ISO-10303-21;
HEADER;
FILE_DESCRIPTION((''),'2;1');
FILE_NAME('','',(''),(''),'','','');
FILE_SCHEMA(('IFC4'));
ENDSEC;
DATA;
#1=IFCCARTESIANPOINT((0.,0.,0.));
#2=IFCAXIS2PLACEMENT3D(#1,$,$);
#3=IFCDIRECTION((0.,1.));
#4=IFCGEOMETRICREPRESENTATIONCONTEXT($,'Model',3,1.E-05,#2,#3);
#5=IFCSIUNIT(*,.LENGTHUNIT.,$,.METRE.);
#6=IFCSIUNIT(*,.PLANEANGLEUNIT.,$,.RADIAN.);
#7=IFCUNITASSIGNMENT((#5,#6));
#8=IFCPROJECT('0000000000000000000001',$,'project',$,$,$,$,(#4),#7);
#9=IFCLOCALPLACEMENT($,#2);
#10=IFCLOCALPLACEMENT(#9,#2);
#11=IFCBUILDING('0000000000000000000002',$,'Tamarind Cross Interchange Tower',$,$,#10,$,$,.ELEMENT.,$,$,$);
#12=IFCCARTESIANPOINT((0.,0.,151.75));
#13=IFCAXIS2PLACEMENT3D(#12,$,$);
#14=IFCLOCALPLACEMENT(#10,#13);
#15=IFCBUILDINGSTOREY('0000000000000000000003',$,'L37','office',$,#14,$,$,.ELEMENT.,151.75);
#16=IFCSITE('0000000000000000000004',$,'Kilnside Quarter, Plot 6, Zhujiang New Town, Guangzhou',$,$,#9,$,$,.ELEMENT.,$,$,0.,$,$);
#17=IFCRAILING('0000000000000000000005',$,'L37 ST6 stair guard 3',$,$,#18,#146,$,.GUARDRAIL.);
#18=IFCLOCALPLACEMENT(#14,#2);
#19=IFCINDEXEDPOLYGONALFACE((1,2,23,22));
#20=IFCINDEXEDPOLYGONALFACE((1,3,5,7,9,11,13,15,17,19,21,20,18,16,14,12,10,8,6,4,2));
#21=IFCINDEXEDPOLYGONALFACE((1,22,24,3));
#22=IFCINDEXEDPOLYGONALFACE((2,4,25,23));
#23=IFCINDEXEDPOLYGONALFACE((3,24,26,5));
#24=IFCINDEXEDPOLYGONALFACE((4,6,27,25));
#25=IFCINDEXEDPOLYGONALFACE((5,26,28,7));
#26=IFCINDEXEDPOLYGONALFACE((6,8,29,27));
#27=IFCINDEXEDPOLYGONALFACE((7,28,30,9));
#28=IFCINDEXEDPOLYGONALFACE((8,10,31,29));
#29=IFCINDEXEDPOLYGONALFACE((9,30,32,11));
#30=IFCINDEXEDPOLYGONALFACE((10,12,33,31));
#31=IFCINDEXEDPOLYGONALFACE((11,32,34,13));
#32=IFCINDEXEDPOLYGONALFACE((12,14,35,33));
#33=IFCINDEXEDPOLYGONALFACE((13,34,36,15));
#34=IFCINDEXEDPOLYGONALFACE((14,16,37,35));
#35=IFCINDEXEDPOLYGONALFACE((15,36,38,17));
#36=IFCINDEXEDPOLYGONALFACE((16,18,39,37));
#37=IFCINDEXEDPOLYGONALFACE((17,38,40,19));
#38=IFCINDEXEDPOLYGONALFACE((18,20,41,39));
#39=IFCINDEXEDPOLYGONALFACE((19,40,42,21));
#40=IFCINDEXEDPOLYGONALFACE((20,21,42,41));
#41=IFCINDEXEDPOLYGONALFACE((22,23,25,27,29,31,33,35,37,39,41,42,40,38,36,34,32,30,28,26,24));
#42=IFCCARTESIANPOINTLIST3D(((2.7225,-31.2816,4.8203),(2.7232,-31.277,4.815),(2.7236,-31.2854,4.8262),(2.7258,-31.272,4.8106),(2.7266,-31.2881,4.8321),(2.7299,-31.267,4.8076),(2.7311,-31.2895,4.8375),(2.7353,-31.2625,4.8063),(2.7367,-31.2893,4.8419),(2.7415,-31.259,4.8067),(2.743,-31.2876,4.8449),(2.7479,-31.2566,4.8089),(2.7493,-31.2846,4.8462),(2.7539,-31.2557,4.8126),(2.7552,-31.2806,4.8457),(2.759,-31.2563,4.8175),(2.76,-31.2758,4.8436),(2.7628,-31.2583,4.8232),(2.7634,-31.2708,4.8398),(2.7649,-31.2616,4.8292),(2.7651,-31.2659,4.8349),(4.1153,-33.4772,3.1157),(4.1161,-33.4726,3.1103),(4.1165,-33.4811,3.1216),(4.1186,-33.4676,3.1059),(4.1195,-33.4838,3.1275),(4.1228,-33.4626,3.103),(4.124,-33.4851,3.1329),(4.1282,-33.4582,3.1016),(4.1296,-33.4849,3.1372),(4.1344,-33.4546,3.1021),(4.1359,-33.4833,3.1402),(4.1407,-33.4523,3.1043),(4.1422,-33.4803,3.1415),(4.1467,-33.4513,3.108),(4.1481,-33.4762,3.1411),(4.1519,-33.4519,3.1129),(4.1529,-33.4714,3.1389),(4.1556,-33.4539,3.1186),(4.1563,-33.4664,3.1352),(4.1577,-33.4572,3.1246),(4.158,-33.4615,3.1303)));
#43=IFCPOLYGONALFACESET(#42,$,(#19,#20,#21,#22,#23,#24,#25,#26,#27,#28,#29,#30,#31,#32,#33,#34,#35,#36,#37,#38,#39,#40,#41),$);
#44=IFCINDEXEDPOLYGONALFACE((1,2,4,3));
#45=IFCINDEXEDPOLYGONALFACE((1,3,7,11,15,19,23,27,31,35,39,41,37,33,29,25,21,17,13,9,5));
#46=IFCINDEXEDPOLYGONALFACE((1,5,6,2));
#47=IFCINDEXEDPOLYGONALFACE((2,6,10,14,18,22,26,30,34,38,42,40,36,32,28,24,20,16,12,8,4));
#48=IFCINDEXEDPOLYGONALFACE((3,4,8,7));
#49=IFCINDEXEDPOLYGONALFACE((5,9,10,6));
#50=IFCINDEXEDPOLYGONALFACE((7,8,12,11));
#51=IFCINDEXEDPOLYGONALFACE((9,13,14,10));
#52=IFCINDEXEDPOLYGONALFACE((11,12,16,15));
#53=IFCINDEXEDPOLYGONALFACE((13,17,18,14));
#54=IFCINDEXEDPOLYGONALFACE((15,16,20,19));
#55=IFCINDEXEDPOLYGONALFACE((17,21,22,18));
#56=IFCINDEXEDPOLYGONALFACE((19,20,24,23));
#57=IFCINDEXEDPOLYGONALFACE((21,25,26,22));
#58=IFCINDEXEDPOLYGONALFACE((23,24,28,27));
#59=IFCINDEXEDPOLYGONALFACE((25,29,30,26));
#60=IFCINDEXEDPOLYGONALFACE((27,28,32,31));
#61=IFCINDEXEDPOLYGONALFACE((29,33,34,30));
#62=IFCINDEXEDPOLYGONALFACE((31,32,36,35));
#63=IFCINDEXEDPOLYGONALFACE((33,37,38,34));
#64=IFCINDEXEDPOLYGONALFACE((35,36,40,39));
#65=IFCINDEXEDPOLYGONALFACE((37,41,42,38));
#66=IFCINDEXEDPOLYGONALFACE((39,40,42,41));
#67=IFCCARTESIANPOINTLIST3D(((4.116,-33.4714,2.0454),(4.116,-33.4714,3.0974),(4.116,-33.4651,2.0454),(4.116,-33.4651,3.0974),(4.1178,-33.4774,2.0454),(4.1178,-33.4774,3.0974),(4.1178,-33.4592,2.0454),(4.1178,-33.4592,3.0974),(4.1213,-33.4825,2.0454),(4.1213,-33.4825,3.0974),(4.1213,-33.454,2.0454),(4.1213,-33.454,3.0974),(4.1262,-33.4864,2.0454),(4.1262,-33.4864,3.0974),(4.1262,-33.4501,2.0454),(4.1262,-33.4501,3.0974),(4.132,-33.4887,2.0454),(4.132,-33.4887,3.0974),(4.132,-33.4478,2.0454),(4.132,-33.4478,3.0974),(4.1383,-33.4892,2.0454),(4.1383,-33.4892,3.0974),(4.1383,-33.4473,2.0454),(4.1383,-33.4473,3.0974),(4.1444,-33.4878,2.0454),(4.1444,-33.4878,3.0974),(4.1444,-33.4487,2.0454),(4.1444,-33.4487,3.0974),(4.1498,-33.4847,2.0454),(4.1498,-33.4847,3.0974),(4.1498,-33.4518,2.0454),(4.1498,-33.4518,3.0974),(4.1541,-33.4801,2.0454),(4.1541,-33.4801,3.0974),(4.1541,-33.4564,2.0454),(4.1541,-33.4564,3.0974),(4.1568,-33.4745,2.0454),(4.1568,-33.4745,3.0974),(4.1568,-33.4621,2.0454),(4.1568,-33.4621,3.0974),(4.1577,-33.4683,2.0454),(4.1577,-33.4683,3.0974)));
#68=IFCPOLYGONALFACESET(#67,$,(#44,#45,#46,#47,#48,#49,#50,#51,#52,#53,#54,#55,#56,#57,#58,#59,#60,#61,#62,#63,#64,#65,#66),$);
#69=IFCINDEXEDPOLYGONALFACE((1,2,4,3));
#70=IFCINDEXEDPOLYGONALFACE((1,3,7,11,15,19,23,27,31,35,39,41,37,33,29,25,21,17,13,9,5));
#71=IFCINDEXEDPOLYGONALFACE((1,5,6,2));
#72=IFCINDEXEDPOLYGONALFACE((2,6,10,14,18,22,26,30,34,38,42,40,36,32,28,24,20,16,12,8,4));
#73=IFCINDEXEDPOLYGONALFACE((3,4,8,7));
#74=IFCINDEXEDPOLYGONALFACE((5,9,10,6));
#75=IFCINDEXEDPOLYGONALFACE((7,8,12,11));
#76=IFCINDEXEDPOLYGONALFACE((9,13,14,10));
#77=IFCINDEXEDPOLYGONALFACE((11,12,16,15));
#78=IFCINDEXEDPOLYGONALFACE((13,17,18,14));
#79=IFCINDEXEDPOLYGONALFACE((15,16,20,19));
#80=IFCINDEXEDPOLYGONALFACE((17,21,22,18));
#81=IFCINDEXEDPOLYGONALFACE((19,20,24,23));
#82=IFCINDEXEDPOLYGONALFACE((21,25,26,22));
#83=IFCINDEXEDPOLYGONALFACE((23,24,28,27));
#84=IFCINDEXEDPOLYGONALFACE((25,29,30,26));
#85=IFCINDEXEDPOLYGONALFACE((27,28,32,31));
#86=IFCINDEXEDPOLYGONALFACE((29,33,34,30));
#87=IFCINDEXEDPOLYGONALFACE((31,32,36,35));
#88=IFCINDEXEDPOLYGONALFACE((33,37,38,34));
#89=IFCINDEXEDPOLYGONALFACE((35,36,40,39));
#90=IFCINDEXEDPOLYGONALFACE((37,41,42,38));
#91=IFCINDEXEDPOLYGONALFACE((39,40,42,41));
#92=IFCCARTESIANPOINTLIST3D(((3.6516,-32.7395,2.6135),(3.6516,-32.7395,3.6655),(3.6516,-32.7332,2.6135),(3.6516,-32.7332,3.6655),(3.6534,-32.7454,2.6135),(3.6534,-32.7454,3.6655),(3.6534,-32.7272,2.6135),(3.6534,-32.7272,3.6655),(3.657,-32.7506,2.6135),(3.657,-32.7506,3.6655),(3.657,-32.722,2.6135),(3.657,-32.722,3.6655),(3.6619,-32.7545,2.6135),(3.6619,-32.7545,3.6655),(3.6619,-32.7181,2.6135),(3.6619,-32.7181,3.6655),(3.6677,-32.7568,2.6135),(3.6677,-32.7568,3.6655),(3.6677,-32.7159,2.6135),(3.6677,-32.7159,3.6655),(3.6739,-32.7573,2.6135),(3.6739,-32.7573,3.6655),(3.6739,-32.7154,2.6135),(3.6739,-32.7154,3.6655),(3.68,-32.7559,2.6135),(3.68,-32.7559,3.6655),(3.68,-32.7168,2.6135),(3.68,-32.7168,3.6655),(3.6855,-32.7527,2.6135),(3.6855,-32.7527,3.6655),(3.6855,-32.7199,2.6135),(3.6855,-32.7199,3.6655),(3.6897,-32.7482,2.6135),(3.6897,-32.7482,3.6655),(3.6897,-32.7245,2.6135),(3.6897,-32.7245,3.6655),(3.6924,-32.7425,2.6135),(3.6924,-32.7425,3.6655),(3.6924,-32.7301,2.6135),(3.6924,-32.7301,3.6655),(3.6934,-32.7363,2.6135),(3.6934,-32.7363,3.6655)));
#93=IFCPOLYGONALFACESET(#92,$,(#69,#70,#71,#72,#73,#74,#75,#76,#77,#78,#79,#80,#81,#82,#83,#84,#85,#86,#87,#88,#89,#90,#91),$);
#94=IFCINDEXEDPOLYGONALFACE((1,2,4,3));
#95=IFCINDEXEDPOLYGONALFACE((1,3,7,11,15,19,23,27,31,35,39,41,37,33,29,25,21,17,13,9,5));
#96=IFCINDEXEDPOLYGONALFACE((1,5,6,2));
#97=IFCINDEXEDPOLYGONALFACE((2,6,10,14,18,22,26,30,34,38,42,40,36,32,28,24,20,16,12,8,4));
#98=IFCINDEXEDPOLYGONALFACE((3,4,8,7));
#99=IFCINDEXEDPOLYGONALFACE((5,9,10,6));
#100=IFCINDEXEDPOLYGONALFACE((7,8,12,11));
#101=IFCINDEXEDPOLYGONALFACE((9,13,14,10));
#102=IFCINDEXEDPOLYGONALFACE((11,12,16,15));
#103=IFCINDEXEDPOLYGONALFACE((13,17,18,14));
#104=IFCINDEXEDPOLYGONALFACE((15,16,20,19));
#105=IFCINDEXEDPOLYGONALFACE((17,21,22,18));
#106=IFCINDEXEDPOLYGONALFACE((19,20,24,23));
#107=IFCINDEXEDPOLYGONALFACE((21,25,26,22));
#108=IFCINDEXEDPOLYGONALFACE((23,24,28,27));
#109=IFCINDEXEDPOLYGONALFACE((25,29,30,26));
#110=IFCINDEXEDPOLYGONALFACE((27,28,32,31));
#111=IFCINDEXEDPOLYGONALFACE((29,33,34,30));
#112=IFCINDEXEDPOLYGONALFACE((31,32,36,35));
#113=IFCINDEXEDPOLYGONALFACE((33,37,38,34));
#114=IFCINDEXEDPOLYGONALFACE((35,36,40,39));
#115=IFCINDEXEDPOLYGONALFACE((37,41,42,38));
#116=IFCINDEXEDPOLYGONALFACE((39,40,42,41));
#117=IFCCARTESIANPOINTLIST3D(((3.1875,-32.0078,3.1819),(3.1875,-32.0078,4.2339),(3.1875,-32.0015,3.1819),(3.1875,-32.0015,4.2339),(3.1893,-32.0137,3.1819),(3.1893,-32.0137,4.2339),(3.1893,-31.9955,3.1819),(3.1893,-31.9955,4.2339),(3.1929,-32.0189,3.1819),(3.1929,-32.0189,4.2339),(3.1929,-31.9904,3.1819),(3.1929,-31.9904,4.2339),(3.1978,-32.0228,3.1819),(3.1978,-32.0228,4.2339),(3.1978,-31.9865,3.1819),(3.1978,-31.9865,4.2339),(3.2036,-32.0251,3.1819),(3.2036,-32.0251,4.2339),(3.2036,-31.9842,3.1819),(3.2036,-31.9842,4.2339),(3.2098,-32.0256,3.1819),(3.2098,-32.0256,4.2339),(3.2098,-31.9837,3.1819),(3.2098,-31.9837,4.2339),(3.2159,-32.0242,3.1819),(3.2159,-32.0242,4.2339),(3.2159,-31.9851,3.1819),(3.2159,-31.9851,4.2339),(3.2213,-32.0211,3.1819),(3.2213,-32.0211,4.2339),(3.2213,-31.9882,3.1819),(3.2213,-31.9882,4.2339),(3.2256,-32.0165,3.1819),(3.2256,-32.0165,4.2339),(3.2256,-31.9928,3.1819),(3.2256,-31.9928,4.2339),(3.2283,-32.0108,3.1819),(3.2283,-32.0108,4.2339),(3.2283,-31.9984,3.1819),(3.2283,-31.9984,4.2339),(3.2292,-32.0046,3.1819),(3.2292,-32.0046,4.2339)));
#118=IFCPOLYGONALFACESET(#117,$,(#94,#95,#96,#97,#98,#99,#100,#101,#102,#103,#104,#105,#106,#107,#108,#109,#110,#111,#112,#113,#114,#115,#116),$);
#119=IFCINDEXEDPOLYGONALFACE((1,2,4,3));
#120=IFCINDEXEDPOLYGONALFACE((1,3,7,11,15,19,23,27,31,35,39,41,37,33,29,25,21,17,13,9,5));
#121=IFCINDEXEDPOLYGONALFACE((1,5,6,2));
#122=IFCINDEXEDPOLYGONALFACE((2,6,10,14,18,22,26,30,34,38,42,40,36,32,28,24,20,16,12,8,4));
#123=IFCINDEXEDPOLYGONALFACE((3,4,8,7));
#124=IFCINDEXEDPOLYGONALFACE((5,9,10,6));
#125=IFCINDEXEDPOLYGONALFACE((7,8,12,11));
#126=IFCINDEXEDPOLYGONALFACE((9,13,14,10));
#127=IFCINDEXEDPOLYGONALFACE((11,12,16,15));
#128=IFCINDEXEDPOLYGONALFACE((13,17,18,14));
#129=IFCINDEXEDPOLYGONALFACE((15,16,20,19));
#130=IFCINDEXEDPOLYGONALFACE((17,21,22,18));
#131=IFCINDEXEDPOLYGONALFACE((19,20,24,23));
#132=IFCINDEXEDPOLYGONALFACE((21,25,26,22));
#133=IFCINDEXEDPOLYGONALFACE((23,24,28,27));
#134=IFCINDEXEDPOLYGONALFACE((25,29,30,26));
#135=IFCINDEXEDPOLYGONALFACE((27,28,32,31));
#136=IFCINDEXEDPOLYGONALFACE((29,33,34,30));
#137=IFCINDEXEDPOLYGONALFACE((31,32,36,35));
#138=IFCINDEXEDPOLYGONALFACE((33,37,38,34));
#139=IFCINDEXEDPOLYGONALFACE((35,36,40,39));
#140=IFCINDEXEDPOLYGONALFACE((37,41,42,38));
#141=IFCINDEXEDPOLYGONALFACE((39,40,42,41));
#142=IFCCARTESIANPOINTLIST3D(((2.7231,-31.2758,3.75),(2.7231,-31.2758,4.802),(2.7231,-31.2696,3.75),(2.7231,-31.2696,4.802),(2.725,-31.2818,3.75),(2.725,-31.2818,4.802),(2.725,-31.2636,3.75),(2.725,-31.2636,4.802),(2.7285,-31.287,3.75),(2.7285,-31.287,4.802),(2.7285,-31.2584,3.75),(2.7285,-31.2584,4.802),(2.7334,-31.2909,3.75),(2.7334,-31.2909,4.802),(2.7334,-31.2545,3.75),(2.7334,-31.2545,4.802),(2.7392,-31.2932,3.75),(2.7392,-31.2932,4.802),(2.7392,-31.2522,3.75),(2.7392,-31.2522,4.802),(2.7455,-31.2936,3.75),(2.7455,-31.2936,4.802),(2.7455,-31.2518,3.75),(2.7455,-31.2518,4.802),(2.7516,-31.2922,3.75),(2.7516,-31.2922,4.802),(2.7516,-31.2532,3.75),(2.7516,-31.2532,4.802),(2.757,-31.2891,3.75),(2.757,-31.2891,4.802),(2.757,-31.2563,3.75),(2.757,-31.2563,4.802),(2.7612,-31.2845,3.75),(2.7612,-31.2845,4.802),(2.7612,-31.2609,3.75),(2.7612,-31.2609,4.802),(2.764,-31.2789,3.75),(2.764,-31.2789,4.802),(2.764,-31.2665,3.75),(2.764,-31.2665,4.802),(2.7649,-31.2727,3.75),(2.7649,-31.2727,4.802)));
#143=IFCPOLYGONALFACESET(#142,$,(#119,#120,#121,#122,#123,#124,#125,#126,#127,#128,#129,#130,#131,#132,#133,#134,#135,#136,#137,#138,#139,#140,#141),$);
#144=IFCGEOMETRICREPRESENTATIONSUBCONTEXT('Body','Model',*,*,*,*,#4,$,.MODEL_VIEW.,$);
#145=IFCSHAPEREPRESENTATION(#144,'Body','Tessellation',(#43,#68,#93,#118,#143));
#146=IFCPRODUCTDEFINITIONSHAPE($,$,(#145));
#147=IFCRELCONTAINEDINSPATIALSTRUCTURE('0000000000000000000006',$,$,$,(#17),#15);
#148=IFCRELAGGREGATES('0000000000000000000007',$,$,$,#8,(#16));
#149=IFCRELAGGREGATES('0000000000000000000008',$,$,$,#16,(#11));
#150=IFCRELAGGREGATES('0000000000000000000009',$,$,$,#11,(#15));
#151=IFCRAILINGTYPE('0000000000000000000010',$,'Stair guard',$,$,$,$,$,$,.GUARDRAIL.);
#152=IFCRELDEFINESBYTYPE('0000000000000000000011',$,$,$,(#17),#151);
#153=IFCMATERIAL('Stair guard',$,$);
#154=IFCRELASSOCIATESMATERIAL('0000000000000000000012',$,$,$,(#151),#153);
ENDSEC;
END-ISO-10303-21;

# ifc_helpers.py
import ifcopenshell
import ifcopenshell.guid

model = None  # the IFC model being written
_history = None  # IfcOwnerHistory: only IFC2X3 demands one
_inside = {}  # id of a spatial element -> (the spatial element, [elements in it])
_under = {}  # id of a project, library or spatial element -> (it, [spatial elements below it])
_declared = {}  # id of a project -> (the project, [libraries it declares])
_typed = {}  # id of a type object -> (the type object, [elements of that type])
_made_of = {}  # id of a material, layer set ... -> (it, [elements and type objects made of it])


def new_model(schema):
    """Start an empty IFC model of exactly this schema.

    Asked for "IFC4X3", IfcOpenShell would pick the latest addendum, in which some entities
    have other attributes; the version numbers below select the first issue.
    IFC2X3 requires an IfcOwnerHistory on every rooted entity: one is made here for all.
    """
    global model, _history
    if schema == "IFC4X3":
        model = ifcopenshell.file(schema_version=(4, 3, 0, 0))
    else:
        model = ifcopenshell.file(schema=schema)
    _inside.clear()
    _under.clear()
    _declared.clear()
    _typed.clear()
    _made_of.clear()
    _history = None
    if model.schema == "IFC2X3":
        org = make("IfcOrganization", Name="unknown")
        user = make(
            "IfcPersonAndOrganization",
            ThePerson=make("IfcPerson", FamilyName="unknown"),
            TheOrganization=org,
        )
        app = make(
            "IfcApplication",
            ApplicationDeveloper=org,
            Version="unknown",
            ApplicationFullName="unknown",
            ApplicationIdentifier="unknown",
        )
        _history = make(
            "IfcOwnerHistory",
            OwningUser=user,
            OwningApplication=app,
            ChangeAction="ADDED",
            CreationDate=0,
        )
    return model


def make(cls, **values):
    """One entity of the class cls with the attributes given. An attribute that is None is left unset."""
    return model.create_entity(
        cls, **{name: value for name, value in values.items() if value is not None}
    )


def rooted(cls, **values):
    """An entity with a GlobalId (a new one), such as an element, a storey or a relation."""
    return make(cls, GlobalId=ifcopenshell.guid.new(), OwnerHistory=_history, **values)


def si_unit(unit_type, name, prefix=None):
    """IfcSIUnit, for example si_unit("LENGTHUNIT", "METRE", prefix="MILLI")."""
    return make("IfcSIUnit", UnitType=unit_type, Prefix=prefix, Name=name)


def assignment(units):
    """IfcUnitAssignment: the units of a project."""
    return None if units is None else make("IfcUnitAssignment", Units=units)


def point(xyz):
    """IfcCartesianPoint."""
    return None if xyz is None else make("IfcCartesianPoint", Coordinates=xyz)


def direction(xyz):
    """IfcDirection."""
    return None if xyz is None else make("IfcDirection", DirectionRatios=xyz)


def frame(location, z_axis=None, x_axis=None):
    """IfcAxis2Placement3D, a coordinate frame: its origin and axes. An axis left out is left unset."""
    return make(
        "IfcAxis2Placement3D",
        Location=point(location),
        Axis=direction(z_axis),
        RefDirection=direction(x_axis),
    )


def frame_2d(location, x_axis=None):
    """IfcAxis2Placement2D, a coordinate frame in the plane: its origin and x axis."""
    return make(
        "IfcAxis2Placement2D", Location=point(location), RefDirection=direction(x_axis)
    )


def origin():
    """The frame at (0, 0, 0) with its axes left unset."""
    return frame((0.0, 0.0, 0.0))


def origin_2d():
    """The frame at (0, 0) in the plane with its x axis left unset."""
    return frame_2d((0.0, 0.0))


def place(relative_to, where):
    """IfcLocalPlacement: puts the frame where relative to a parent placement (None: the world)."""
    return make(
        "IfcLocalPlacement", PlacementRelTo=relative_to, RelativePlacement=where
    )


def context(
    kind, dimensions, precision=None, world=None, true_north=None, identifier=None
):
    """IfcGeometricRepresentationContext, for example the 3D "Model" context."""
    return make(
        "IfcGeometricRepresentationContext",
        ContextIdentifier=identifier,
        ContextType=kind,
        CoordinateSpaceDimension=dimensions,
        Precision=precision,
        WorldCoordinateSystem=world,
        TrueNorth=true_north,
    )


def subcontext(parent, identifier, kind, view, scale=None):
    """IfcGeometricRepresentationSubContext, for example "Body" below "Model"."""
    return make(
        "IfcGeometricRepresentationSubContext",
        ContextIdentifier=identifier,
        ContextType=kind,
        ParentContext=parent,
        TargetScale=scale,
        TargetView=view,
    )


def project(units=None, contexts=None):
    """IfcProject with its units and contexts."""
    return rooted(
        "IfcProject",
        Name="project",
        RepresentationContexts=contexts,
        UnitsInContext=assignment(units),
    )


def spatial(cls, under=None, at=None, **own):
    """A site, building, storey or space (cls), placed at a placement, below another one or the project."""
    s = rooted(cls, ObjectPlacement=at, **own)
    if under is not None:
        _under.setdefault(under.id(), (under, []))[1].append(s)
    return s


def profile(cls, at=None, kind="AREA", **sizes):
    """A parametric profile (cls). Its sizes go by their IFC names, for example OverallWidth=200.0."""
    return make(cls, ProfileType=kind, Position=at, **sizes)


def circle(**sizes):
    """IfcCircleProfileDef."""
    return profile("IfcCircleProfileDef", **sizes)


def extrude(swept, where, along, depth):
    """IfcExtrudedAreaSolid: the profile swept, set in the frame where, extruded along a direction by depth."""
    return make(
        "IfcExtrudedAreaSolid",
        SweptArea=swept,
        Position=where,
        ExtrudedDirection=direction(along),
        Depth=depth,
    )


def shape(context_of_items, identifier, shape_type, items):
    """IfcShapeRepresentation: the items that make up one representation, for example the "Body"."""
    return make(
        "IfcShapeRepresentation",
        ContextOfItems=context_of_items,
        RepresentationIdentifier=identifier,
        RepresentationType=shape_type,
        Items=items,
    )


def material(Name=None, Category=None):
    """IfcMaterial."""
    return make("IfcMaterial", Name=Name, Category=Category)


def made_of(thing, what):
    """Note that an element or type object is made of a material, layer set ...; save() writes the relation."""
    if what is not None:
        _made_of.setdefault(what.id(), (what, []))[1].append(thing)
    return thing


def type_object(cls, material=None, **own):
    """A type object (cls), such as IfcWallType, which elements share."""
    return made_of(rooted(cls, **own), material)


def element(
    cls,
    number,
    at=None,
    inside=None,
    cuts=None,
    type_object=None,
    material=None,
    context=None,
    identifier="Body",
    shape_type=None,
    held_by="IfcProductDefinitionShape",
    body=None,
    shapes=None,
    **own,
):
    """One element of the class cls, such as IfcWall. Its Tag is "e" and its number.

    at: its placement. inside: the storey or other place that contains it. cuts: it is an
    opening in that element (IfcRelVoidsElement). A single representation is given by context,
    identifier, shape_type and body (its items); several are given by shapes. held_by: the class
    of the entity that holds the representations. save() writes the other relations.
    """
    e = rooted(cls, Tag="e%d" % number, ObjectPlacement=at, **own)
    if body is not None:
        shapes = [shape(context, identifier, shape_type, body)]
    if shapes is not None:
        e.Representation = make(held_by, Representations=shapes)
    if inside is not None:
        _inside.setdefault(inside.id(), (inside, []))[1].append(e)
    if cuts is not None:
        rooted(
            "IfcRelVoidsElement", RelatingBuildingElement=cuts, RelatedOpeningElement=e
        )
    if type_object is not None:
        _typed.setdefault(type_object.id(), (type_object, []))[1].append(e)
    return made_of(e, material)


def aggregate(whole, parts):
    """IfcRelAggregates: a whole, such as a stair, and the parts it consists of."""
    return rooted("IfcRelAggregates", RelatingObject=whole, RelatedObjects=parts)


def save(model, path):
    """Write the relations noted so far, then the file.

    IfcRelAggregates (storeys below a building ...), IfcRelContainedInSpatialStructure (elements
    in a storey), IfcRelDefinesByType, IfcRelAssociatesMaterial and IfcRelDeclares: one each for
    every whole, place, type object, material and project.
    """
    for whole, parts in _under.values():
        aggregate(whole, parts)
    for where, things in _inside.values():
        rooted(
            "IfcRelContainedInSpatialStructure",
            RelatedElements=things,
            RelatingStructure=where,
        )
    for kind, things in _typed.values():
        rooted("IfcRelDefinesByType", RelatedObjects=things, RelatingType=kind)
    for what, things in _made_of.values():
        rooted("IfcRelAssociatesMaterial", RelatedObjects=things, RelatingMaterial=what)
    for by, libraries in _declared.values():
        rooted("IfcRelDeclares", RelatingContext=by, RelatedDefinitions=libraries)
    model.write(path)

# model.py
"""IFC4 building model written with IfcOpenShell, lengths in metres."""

from ifc_helpers import new_model, si_unit, direction, frame, origin, origin_2d, place, context, subcontext, project, spatial, circle, extrude, material, type_object, element, save


model = new_model("IFC4")

# Units and contexts
model_context = context("Model", 3, precision=1e-05, world=origin(), true_north=direction((0.0, 1.0)))
body_context = subcontext(model_context, "Body", "Model", "MODEL_VIEW")
ifc_project = project(units=[si_unit("LENGTHUNIT", "METRE"), si_unit("PLANEANGLEUNIT", "RADIAN")], contexts=[model_context])

# Site, building, storey
site_placement = place(None, origin())
site = spatial("IfcSite", under=ifc_project, at=site_placement, Name="Kilnside Quarter, Plot 6, Zhujiang New Town, Guangzhou", CompositionType="ELEMENT", RefElevation=0.0)
building_placement = place(site_placement, origin())
building = spatial("IfcBuilding", under=site, at=building_placement, Name="Tamarind Cross Interchange Tower", CompositionType="ELEMENT")
storey_placement = place(building_placement, frame((0.0, 0.0, 151.75)))
storey = spatial("IfcBuildingStorey", under=building, at=storey_placement, Name="L37", Description="office", CompositionType="ELEMENT", Elevation=151.75)

# Railing
ifc_material_1 = material(Name="Stair guard")
railing_type_1 = type_object("IfcRailingType", Name="Stair guard", PredefinedType="GUARDRAIL", material=ifc_material_1)
railing_1_placement = place(storey_placement, frame((4.1367, -33.4683, 2.0454)))
element("IfcRailing", 1, at=railing_1_placement, inside=storey, type_object=railing_type_1, Name="L37 ST6 stair guard 3", PredefinedType="GUARDRAIL", context=body_context, shape_type="SweptSolid", body=[
    extrude(circle(Radius=0.0239, at=origin_2d()), frame((0.0, 0.0, 1.0762), z_axis=(-0.447993, 0.706188, 0.548271), x_axis=(-0.844418, -0.535684, 0.0)), (0.0, 0.0, 1.0), 3.1091),
    extrude(circle(Radius=0.021, at=origin_2d()), origin(), (0.0, 0.0, 1.0), 1.052),
    extrude(circle(Radius=0.021, at=origin_2d()), frame((-0.4644, 0.7319, 0.5681)), (0.0, 0.0, 1.0), 1.052),
    extrude(circle(Radius=0.021, at=origin_2d()), frame((-0.9285, 1.4636, 1.1365)), (0.0, 0.0, 1.0), 1.052),
    extrude(circle(Radius=0.021, at=origin_2d()), frame((-1.3928, 2.1956, 1.7046)), (0.0, 0.0, 1.0), 1.052),
])

save(model, "model.ifc")
